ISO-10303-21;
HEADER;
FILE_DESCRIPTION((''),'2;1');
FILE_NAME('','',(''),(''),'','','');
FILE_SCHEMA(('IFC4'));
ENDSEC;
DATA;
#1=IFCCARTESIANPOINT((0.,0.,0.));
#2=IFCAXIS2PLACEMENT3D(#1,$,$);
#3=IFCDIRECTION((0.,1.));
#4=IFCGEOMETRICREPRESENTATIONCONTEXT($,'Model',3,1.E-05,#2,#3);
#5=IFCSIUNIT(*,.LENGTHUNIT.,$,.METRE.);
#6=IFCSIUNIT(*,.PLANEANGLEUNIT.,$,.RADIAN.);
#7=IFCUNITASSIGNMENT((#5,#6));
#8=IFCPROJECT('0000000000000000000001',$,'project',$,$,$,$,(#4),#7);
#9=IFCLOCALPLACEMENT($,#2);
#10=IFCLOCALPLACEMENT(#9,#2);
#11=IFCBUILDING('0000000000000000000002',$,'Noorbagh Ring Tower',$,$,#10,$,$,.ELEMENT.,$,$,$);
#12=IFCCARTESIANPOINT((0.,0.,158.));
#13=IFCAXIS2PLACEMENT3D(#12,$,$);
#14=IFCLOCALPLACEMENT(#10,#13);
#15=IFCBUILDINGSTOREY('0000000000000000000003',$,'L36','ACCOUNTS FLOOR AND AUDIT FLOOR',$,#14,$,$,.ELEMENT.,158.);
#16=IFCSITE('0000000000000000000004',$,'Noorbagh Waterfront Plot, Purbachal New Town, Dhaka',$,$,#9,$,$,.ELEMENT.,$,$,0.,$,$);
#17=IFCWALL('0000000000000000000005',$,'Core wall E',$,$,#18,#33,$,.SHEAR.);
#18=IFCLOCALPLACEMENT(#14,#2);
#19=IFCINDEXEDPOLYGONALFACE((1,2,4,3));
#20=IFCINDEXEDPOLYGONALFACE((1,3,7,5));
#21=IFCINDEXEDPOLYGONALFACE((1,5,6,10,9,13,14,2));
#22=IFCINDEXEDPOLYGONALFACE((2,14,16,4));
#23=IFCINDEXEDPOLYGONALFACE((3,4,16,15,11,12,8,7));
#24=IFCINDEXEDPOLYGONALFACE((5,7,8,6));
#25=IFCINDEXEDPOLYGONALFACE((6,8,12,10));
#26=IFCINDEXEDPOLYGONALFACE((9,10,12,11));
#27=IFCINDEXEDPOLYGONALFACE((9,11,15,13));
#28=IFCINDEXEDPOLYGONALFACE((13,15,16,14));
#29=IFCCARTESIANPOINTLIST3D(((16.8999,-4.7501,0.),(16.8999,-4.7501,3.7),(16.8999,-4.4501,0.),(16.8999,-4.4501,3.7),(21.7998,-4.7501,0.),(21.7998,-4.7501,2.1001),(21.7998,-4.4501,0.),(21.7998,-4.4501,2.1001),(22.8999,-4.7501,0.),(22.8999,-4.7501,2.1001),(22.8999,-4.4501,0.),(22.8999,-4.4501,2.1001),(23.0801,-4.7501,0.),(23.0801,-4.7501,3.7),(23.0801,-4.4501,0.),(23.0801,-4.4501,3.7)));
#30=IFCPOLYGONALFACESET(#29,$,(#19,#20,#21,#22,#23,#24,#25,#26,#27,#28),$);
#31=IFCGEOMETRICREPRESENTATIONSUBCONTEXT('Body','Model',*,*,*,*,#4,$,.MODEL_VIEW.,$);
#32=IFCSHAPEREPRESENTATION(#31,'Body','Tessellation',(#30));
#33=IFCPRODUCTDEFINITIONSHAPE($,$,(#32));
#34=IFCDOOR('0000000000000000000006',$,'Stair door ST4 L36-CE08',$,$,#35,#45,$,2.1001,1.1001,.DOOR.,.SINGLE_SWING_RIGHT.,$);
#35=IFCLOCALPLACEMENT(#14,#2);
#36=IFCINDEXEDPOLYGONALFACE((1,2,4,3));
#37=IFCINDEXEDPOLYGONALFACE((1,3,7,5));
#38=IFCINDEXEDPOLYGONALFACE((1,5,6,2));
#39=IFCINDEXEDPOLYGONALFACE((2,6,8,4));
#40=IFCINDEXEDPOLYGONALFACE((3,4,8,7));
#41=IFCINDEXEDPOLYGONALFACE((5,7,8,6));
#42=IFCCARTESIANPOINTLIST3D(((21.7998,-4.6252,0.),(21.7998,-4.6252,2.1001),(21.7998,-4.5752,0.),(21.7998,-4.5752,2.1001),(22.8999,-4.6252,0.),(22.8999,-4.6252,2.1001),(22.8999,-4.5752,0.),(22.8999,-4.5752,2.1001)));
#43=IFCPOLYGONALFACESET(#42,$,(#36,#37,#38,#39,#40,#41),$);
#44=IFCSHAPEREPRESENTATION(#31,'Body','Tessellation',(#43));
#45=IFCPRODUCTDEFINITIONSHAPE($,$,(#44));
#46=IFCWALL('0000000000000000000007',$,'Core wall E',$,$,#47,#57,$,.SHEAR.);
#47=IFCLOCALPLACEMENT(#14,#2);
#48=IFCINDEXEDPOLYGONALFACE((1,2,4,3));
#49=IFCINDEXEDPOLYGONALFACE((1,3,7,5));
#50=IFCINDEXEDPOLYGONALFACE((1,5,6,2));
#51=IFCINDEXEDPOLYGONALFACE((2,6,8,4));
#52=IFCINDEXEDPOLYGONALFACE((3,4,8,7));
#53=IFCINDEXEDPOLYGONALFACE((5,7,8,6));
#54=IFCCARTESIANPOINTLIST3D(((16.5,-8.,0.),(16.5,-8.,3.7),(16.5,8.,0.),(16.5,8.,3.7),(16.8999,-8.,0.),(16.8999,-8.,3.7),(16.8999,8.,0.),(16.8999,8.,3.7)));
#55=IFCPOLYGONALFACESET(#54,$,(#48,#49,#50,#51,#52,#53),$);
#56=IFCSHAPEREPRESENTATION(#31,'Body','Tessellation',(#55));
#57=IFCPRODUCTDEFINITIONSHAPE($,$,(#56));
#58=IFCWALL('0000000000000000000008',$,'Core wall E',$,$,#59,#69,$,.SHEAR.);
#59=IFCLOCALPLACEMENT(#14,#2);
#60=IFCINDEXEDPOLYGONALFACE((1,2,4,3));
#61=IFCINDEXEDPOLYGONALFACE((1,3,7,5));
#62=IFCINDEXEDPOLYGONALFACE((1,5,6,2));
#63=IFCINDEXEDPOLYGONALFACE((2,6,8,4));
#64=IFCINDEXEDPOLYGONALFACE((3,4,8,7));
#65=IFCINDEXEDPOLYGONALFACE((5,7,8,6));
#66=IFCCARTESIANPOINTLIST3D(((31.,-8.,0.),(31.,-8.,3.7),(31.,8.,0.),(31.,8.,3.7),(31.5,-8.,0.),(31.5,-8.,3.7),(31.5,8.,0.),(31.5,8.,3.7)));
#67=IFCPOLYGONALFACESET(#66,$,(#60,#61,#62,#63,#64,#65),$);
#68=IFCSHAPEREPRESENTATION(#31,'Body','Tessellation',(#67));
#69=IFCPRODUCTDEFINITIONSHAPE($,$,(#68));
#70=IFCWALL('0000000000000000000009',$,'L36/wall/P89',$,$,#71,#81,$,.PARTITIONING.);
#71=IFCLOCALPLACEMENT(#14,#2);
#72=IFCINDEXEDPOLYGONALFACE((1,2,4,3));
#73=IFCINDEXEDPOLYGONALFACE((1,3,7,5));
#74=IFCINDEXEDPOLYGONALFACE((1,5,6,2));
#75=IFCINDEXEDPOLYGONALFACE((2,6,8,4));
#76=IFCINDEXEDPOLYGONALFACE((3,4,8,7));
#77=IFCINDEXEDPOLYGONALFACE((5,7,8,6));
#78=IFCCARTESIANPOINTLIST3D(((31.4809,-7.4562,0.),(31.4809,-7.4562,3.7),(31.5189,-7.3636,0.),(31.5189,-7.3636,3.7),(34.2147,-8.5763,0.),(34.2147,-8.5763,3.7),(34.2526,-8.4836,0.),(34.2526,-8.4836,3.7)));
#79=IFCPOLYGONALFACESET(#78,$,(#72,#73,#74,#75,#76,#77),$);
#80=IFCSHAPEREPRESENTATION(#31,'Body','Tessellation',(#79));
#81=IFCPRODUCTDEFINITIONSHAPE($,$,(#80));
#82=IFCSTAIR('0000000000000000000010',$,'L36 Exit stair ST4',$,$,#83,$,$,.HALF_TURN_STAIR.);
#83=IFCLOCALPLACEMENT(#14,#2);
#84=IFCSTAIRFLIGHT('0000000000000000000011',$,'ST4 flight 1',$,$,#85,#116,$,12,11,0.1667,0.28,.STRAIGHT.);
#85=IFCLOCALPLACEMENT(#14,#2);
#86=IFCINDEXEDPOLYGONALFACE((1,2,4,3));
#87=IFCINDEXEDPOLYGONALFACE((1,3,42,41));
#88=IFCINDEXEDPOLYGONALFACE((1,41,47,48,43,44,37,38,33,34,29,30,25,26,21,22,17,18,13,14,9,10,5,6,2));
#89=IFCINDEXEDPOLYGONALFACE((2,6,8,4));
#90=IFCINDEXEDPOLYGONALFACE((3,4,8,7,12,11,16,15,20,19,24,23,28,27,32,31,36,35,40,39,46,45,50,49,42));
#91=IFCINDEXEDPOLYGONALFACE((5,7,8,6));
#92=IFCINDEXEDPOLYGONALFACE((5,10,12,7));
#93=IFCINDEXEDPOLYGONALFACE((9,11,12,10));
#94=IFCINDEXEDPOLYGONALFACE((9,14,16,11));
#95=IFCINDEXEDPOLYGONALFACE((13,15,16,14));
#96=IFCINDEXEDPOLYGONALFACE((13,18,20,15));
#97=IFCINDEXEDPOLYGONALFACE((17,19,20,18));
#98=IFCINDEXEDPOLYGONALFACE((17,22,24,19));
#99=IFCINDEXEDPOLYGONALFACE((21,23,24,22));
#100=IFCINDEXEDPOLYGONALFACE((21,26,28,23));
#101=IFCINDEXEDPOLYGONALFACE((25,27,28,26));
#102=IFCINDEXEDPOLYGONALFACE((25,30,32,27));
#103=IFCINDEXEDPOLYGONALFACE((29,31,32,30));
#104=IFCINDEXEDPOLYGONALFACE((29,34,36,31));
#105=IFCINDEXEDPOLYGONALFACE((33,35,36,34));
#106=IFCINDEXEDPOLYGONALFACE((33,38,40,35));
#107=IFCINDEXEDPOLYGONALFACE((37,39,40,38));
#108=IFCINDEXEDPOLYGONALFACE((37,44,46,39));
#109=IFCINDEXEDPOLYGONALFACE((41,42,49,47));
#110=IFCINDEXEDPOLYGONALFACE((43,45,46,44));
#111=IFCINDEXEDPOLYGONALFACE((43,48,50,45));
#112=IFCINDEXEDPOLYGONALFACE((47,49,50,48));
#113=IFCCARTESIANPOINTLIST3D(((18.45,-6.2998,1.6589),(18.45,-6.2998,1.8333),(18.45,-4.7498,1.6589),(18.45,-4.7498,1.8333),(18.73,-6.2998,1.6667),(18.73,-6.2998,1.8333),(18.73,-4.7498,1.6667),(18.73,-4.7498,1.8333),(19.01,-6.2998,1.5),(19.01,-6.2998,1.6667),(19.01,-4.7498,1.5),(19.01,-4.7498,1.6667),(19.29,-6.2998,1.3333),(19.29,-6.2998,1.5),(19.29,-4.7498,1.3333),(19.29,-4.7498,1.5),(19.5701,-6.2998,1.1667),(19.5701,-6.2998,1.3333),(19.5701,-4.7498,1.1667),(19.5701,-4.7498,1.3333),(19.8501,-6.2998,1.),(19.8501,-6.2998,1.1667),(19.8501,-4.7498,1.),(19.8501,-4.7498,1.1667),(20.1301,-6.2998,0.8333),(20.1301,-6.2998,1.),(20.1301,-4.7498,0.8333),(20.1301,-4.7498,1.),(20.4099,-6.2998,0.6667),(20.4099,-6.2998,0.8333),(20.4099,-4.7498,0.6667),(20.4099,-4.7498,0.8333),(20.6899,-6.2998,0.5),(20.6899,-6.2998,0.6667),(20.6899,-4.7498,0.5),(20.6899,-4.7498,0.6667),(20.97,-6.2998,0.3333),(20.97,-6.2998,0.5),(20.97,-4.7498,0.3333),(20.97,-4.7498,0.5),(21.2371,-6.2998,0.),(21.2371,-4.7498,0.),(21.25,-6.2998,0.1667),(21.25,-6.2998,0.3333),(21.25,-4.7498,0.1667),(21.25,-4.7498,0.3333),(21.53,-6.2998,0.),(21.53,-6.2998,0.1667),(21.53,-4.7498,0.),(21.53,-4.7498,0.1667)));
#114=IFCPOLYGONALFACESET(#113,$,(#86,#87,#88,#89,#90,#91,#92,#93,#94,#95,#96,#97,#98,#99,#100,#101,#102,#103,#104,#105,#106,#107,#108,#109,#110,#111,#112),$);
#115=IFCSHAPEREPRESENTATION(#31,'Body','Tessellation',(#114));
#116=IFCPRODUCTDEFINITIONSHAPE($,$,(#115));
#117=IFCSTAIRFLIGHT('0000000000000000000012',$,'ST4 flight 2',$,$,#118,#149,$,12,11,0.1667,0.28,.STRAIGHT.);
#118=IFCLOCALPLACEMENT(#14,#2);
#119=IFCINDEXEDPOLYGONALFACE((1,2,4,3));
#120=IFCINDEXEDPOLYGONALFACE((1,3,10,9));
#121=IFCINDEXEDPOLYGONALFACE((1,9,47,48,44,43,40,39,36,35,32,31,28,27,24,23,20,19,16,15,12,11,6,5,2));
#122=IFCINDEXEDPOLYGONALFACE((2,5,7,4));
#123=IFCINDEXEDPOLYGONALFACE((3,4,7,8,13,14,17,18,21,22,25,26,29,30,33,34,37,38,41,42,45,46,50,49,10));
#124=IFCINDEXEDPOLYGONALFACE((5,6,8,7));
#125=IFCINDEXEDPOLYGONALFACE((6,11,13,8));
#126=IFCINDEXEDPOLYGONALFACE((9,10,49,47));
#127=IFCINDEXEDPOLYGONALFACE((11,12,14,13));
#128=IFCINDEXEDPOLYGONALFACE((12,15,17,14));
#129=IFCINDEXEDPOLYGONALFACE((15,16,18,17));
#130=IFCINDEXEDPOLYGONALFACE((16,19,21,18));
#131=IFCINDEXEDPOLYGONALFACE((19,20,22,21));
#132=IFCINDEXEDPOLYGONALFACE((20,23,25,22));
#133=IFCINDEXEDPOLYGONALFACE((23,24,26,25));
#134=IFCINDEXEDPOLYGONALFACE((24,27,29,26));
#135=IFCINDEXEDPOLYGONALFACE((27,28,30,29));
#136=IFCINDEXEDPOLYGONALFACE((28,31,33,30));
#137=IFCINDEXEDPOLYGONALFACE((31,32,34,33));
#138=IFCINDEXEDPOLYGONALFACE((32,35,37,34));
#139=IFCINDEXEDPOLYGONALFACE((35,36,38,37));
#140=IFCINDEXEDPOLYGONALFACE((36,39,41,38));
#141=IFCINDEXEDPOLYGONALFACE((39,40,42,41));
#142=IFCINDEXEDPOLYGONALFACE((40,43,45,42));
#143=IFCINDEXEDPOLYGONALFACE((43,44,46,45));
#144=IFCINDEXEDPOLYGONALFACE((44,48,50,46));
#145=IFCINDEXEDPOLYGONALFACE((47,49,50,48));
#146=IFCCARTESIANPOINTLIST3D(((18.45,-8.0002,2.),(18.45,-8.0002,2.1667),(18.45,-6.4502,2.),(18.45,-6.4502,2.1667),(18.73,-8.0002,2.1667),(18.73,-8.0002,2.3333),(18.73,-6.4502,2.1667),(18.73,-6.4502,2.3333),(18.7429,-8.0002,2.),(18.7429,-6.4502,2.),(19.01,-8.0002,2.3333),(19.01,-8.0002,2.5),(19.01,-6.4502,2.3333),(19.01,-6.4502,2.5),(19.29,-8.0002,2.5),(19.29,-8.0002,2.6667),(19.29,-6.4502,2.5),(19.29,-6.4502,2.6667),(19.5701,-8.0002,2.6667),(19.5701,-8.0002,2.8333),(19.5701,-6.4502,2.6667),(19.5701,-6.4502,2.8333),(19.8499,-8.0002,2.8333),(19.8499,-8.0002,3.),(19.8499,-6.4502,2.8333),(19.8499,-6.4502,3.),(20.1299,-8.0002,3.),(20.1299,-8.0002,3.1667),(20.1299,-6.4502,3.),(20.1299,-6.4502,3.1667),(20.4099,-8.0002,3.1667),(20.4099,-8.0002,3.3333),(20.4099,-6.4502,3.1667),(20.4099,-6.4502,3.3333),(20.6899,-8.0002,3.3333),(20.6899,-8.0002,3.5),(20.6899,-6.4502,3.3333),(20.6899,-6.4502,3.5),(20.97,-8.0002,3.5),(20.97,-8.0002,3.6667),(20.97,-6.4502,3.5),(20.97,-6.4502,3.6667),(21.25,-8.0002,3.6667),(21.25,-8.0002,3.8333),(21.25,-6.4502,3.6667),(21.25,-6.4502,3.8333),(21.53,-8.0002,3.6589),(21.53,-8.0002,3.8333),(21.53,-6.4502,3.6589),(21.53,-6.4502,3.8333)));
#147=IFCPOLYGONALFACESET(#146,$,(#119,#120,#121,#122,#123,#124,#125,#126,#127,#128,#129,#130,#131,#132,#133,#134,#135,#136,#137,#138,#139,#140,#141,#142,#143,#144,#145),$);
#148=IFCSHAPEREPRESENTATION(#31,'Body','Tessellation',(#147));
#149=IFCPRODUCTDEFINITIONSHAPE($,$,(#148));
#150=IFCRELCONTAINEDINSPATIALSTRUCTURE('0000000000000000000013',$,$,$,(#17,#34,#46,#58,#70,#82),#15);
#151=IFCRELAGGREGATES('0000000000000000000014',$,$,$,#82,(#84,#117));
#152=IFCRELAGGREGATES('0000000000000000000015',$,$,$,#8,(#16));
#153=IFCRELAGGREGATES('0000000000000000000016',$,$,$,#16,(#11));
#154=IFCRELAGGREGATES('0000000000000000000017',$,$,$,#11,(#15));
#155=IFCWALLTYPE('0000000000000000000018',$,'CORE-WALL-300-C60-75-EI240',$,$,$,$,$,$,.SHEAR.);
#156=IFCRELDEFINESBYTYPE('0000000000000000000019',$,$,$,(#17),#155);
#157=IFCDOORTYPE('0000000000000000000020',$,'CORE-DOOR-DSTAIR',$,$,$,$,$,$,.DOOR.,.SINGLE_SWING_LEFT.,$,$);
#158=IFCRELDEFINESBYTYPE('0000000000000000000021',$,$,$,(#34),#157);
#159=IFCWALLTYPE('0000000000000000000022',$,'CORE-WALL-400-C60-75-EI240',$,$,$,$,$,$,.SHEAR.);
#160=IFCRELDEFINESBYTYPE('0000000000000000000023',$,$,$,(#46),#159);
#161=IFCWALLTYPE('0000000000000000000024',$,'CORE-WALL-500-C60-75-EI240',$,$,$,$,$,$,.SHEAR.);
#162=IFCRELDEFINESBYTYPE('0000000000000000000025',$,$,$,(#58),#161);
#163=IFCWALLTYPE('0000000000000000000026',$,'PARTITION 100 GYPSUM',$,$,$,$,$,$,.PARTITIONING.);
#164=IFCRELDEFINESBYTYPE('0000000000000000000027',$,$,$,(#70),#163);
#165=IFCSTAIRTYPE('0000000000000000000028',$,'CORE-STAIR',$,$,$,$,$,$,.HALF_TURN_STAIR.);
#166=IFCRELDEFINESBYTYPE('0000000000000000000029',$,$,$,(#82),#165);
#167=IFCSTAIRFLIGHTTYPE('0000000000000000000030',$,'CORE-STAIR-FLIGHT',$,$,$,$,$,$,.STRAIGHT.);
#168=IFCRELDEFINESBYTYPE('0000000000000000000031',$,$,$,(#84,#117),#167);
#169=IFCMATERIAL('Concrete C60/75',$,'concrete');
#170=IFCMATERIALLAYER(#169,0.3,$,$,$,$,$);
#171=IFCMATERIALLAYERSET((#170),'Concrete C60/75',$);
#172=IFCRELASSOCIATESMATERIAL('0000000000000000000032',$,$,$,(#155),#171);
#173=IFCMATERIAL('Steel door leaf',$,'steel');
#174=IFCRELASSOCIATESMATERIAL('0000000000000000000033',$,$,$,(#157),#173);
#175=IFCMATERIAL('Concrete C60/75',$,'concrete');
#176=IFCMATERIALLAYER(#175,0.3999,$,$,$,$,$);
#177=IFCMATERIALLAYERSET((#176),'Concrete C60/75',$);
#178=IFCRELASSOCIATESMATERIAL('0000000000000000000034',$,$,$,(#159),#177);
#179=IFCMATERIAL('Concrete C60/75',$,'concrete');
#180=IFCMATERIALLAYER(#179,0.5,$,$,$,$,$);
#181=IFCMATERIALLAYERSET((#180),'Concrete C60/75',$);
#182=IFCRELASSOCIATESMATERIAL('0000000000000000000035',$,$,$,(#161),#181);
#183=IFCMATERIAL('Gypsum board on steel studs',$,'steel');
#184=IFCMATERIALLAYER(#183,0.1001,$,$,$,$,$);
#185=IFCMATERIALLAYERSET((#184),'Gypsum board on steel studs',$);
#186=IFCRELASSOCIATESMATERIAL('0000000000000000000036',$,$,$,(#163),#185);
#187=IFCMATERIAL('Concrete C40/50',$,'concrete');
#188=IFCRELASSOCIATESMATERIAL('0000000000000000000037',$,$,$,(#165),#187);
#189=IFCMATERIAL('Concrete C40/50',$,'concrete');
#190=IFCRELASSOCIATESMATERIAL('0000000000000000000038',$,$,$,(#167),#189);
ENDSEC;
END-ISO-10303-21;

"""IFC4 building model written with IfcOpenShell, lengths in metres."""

from ifc_helpers import new_model, si_unit, direction, frame, frame_2d, origin, place, context, subcontext, project, spatial, polyline, rectangle, outline, extrude, material, layer, layer_set, type_object, element, fill, aggregate, save


model = new_model("IFC4")

# Units and contexts
model_context = context("Model", 3, precision=1e-05, world=origin(), true_north=direction((0.0, 1.0)))
body_context = subcontext(model_context, "Body", "Model", "MODEL_VIEW")
ifc_project = project(units=[si_unit("LENGTHUNIT", "METRE"), si_unit("PLANEANGLEUNIT", "RADIAN")], contexts=[model_context])

# Site, building, storey
site_placement = place(None, origin())
site = spatial("IfcSite", under=ifc_project, at=site_placement, Name="Noorbagh Waterfront Plot, Purbachal New Town, Dhaka", CompositionType="ELEMENT", RefElevation=0.0)
building_placement = place(site_placement, origin())
building = spatial("IfcBuilding", under=site, at=building_placement, Name="Noorbagh Ring Tower", CompositionType="ELEMENT")
storey_placement = place(building_placement, frame((0.0, 0.0, 158.0)))
storey = spatial("IfcBuildingStorey", under=building, at=storey_placement, Name="L36", Description="ACCOUNTS FLOOR AND AUDIT FLOOR", CompositionType="ELEMENT", Elevation=158.0)

# Shared definitions
ifc_material_1 = material(Name="Concrete C60/75", Category="concrete")
ifc_layer_1 = layer(ifc_material_1, 0.3)
ifc_layer_set_1 = layer_set([ifc_layer_1], Name="Concrete C60/75")
wall_type_1 = type_object("IfcWallType", Name="CORE-WALL-300-C60-75-EI240", PredefinedType="SHEAR", material=ifc_layer_set_1)

# Wall, opening, door
wall_1_placement = place(storey_placement, frame((16.8999, -4.6001, 0.0), z_axis=(0.0, 0.0, 1.0), x_axis=(1.0, 0.0, 0.0)))
wall_1 = element("IfcWall", 1, at=wall_1_placement, inside=storey, type_object=wall_type_1, Name="Core wall E", PredefinedType="SHEAR", context=body_context, shape_type="SweptSolid", body=[
    extrude(rectangle(XDim=6.1802, YDim=0.3, at=frame_2d((3.0901, 0.0))), origin(), (0.0, 0.0, 1.0), 3.7),
])
opening_1_placement = place(wall_1_placement, frame((4.8999, 0.0, 0.0)))
opening_1 = element("IfcOpeningElement", 2, at=opening_1_placement, cuts=wall_1, PredefinedType="OPENING", context=body_context, shape_type="SweptSolid", body=[
    extrude(rectangle(XDim=1.1001, YDim=2.1001, at=frame_2d((0.55, 1.05))), frame((0.0, 0.1602, 0.0), z_axis=(0.0, -1.0, 0.0), x_axis=(1.0, 0.0, 0.0)), (0.0, 0.0, 1.0), 0.3201),
])
ifc_material_2 = material(Name="Steel door leaf", Category="steel")
door_type_1 = type_object("IfcDoorType", Name="CORE-DOOR-DSTAIR", OperationType="SINGLE_SWING_LEFT", PredefinedType="DOOR", material=ifc_material_2)
door_1_placement = place(opening_1_placement, origin())
door_1 = element("IfcDoor", 3, at=door_1_placement, inside=storey, type_object=door_type_1, Name="Stair door ST4 L36-CE08", OperationType="SINGLE_SWING_RIGHT", OverallHeight=2.1001, OverallWidth=1.1001, PredefinedType="DOOR", context=body_context, shape_type="SweptSolid", body=[
    extrude(rectangle(XDim=1.1001, YDim=2.1001, at=frame_2d((0.55, 1.05))), frame((0.0, 0.0249, 0.0), z_axis=(0.0, -1.0, 0.0), x_axis=(1.0, 0.0, 0.0)), (0.0, 0.0, 1.0), 0.05),
])
fill(opening_1, door_1)

# Walls
ifc_material_3 = material(Name="Concrete C60/75", Category="concrete")
ifc_layer_2 = layer(ifc_material_3, 0.3999)
ifc_layer_set_2 = layer_set([ifc_layer_2], Name="Concrete C60/75")
wall_type_2 = type_object("IfcWallType", Name="CORE-WALL-400-C60-75-EI240", PredefinedType="SHEAR", material=ifc_layer_set_2)
wall_2_placement = place(storey_placement, frame((16.7, -8.0, 0.0), z_axis=(0.0, 0.0, 1.0), x_axis=(0.0, 1.0, 0.0)))
element("IfcWall", 4, at=wall_2_placement, inside=storey, type_object=wall_type_2, Name="Core wall E", PredefinedType="SHEAR", context=body_context, shape_type="SweptSolid", body=[
    extrude(rectangle(XDim=16.0, YDim=0.3999, at=frame_2d((8.0, 0.0))), origin(), (0.0, 0.0, 1.0), 3.7),
])
ifc_material_4 = material(Name="Concrete C60/75", Category="concrete")
ifc_layer_3 = layer(ifc_material_4, 0.5)
ifc_layer_set_3 = layer_set([ifc_layer_3], Name="Concrete C60/75")
wall_type_3 = type_object("IfcWallType", Name="CORE-WALL-500-C60-75-EI240", PredefinedType="SHEAR", material=ifc_layer_set_3)
wall_3_placement = place(storey_placement, frame((31.25, -8.0, 0.0), z_axis=(0.0, 0.0, 1.0), x_axis=(0.0, 1.0, 0.0)))
element("IfcWall", 5, at=wall_3_placement, inside=storey, type_object=wall_type_3, Name="Core wall E", PredefinedType="SHEAR", context=body_context, shape_type="SweptSolid", body=[
    extrude(rectangle(XDim=16.0, YDim=0.5, at=frame_2d((8.0, 0.0))), origin(), (0.0, 0.0, 1.0), 3.7),
])
ifc_material_5 = material(Name="Gypsum board on steel studs", Category="steel")
ifc_layer_4 = layer(ifc_material_5, 0.1001)
ifc_layer_set_4 = layer_set([ifc_layer_4], Name="Gypsum board on steel studs")
wall_type_4 = type_object("IfcWallType", Name="PARTITION 100 GYPSUM", PredefinedType="PARTITIONING", material=ifc_layer_set_4)
wall_4_placement = place(storey_placement, frame((31.5, -7.4099, 0.0), z_axis=(0.0, 0.0, 1.0), x_axis=(0.925344, -0.379128, 0.0)))
element("IfcWall", 6, at=wall_4_placement, inside=storey, type_object=wall_type_4, Name="L36/wall/P89", PredefinedType="PARTITIONING", context=body_context, shape_type="SweptSolid", body=[
    extrude(rectangle(XDim=2.9543, YDim=0.1001, at=frame_2d((1.4771, 0.0))), origin(), (0.0, 0.0, 1.0), 3.7),
])

# Stair, stair flights
ifc_material_6 = material(Name="Concrete C40/50", Category="concrete")
stair_type = type_object("IfcStairType", Name="CORE-STAIR", PredefinedType="HALF_TURN_STAIR", material=ifc_material_6)
stair_placement = place(storey_placement, origin())
stair = element("IfcStair", 7, at=stair_placement, inside=storey, type_object=stair_type, Name="L36 Exit stair ST4", PredefinedType="HALF_TURN_STAIR")
ifc_material_7 = material(Name="Concrete C40/50", Category="concrete")
stair_flight_type = type_object("IfcStairFlightType", Name="CORE-STAIR-FLIGHT", PredefinedType="STRAIGHT", material=ifc_material_7)
stair_flight_1_placement = place(storey_placement, frame((21.53, -5.5249, 0.0), z_axis=(0.0, 0.0, 1.0), x_axis=(-1.0, 0.0, 0.0)))
stair_flight_1 = element("IfcStairFlight", 8, at=stair_flight_1_placement, type_object=stair_flight_type, Name="ST4 flight 1", NumberOfRisers=12, NumberOfTreads=11, PredefinedType="STRAIGHT", RiserHeight=0.1667, TreadLength=0.28, context=body_context, shape_type="SweptSolid", body=[
    extrude(outline(polyline([(0.0, 0.0), (0.0, 0.1667), (0.28, 0.1667), (0.28, 0.3333), (0.5601, 0.3333), (0.5601, 0.5), (0.8401, 0.5), (0.8401, 0.6667), (1.1201, 0.6667), (1.1201, 0.8333), (1.3999, 0.8333), (1.3999, 1.0), (1.6799, 1.0), (1.6799, 1.1667), (1.96, 1.1667), (1.96, 1.3333), (2.24, 1.3333), (2.24, 1.5), (2.52, 1.5), (2.52, 1.6667), (2.8, 1.6667), (2.8, 1.8333), (3.0801, 1.8333), (3.0801, 2.0), (3.0801, 1.6589), (0.293, 0.0), (0.0, 0.0)])), frame((0.0, 0.7749, 0.0), z_axis=(0.0, -1.0, 0.0), x_axis=(1.0, 0.0, 0.0)), (0.0, 0.0, 1.0), 1.55),
])
stair_flight_2_placement = place(storey_placement, frame((18.45, -7.2251, 2.0), z_axis=(0.0, 0.0, 1.0), x_axis=(1.0, 0.0, 0.0)))
stair_flight_2 = element("IfcStairFlight", 9, at=stair_flight_2_placement, type_object=stair_flight_type, Name="ST4 flight 2", NumberOfRisers=12, NumberOfTreads=11, PredefinedType="STRAIGHT", RiserHeight=0.1667, TreadLength=0.28, context=body_context, shape_type="SweptSolid", body=[
    extrude(outline(polyline([(0.0, 0.0), (0.0, 0.1667), (0.28, 0.1667), (0.28, 0.3333), (0.5601, 0.3333), (0.5601, 0.5), (0.8401, 0.5), (0.8401, 0.6667), (1.1201, 0.6667), (1.1201, 0.8333), (1.3999, 0.8333), (1.3999, 1.0), (1.6799, 1.0), (1.6799, 1.1667), (1.96, 1.1667), (1.96, 1.3333), (2.24, 1.3333), (2.24, 1.5), (2.52, 1.5), (2.52, 1.6667), (2.8, 1.6667), (2.8, 1.8333), (3.0801, 1.8333), (3.0801, 2.0), (3.0801, 1.6589), (0.293, 0.0), (0.0, 0.0)])), frame((0.0, 0.7749, 0.0), z_axis=(0.0, -1.0, 0.0), x_axis=(1.0, 0.0, 0.0)), (0.0, 0.0, 1.0), 1.55),
])
aggregate(stair, [stair_flight_1, stair_flight_2])

save(model, "model.ifc")
